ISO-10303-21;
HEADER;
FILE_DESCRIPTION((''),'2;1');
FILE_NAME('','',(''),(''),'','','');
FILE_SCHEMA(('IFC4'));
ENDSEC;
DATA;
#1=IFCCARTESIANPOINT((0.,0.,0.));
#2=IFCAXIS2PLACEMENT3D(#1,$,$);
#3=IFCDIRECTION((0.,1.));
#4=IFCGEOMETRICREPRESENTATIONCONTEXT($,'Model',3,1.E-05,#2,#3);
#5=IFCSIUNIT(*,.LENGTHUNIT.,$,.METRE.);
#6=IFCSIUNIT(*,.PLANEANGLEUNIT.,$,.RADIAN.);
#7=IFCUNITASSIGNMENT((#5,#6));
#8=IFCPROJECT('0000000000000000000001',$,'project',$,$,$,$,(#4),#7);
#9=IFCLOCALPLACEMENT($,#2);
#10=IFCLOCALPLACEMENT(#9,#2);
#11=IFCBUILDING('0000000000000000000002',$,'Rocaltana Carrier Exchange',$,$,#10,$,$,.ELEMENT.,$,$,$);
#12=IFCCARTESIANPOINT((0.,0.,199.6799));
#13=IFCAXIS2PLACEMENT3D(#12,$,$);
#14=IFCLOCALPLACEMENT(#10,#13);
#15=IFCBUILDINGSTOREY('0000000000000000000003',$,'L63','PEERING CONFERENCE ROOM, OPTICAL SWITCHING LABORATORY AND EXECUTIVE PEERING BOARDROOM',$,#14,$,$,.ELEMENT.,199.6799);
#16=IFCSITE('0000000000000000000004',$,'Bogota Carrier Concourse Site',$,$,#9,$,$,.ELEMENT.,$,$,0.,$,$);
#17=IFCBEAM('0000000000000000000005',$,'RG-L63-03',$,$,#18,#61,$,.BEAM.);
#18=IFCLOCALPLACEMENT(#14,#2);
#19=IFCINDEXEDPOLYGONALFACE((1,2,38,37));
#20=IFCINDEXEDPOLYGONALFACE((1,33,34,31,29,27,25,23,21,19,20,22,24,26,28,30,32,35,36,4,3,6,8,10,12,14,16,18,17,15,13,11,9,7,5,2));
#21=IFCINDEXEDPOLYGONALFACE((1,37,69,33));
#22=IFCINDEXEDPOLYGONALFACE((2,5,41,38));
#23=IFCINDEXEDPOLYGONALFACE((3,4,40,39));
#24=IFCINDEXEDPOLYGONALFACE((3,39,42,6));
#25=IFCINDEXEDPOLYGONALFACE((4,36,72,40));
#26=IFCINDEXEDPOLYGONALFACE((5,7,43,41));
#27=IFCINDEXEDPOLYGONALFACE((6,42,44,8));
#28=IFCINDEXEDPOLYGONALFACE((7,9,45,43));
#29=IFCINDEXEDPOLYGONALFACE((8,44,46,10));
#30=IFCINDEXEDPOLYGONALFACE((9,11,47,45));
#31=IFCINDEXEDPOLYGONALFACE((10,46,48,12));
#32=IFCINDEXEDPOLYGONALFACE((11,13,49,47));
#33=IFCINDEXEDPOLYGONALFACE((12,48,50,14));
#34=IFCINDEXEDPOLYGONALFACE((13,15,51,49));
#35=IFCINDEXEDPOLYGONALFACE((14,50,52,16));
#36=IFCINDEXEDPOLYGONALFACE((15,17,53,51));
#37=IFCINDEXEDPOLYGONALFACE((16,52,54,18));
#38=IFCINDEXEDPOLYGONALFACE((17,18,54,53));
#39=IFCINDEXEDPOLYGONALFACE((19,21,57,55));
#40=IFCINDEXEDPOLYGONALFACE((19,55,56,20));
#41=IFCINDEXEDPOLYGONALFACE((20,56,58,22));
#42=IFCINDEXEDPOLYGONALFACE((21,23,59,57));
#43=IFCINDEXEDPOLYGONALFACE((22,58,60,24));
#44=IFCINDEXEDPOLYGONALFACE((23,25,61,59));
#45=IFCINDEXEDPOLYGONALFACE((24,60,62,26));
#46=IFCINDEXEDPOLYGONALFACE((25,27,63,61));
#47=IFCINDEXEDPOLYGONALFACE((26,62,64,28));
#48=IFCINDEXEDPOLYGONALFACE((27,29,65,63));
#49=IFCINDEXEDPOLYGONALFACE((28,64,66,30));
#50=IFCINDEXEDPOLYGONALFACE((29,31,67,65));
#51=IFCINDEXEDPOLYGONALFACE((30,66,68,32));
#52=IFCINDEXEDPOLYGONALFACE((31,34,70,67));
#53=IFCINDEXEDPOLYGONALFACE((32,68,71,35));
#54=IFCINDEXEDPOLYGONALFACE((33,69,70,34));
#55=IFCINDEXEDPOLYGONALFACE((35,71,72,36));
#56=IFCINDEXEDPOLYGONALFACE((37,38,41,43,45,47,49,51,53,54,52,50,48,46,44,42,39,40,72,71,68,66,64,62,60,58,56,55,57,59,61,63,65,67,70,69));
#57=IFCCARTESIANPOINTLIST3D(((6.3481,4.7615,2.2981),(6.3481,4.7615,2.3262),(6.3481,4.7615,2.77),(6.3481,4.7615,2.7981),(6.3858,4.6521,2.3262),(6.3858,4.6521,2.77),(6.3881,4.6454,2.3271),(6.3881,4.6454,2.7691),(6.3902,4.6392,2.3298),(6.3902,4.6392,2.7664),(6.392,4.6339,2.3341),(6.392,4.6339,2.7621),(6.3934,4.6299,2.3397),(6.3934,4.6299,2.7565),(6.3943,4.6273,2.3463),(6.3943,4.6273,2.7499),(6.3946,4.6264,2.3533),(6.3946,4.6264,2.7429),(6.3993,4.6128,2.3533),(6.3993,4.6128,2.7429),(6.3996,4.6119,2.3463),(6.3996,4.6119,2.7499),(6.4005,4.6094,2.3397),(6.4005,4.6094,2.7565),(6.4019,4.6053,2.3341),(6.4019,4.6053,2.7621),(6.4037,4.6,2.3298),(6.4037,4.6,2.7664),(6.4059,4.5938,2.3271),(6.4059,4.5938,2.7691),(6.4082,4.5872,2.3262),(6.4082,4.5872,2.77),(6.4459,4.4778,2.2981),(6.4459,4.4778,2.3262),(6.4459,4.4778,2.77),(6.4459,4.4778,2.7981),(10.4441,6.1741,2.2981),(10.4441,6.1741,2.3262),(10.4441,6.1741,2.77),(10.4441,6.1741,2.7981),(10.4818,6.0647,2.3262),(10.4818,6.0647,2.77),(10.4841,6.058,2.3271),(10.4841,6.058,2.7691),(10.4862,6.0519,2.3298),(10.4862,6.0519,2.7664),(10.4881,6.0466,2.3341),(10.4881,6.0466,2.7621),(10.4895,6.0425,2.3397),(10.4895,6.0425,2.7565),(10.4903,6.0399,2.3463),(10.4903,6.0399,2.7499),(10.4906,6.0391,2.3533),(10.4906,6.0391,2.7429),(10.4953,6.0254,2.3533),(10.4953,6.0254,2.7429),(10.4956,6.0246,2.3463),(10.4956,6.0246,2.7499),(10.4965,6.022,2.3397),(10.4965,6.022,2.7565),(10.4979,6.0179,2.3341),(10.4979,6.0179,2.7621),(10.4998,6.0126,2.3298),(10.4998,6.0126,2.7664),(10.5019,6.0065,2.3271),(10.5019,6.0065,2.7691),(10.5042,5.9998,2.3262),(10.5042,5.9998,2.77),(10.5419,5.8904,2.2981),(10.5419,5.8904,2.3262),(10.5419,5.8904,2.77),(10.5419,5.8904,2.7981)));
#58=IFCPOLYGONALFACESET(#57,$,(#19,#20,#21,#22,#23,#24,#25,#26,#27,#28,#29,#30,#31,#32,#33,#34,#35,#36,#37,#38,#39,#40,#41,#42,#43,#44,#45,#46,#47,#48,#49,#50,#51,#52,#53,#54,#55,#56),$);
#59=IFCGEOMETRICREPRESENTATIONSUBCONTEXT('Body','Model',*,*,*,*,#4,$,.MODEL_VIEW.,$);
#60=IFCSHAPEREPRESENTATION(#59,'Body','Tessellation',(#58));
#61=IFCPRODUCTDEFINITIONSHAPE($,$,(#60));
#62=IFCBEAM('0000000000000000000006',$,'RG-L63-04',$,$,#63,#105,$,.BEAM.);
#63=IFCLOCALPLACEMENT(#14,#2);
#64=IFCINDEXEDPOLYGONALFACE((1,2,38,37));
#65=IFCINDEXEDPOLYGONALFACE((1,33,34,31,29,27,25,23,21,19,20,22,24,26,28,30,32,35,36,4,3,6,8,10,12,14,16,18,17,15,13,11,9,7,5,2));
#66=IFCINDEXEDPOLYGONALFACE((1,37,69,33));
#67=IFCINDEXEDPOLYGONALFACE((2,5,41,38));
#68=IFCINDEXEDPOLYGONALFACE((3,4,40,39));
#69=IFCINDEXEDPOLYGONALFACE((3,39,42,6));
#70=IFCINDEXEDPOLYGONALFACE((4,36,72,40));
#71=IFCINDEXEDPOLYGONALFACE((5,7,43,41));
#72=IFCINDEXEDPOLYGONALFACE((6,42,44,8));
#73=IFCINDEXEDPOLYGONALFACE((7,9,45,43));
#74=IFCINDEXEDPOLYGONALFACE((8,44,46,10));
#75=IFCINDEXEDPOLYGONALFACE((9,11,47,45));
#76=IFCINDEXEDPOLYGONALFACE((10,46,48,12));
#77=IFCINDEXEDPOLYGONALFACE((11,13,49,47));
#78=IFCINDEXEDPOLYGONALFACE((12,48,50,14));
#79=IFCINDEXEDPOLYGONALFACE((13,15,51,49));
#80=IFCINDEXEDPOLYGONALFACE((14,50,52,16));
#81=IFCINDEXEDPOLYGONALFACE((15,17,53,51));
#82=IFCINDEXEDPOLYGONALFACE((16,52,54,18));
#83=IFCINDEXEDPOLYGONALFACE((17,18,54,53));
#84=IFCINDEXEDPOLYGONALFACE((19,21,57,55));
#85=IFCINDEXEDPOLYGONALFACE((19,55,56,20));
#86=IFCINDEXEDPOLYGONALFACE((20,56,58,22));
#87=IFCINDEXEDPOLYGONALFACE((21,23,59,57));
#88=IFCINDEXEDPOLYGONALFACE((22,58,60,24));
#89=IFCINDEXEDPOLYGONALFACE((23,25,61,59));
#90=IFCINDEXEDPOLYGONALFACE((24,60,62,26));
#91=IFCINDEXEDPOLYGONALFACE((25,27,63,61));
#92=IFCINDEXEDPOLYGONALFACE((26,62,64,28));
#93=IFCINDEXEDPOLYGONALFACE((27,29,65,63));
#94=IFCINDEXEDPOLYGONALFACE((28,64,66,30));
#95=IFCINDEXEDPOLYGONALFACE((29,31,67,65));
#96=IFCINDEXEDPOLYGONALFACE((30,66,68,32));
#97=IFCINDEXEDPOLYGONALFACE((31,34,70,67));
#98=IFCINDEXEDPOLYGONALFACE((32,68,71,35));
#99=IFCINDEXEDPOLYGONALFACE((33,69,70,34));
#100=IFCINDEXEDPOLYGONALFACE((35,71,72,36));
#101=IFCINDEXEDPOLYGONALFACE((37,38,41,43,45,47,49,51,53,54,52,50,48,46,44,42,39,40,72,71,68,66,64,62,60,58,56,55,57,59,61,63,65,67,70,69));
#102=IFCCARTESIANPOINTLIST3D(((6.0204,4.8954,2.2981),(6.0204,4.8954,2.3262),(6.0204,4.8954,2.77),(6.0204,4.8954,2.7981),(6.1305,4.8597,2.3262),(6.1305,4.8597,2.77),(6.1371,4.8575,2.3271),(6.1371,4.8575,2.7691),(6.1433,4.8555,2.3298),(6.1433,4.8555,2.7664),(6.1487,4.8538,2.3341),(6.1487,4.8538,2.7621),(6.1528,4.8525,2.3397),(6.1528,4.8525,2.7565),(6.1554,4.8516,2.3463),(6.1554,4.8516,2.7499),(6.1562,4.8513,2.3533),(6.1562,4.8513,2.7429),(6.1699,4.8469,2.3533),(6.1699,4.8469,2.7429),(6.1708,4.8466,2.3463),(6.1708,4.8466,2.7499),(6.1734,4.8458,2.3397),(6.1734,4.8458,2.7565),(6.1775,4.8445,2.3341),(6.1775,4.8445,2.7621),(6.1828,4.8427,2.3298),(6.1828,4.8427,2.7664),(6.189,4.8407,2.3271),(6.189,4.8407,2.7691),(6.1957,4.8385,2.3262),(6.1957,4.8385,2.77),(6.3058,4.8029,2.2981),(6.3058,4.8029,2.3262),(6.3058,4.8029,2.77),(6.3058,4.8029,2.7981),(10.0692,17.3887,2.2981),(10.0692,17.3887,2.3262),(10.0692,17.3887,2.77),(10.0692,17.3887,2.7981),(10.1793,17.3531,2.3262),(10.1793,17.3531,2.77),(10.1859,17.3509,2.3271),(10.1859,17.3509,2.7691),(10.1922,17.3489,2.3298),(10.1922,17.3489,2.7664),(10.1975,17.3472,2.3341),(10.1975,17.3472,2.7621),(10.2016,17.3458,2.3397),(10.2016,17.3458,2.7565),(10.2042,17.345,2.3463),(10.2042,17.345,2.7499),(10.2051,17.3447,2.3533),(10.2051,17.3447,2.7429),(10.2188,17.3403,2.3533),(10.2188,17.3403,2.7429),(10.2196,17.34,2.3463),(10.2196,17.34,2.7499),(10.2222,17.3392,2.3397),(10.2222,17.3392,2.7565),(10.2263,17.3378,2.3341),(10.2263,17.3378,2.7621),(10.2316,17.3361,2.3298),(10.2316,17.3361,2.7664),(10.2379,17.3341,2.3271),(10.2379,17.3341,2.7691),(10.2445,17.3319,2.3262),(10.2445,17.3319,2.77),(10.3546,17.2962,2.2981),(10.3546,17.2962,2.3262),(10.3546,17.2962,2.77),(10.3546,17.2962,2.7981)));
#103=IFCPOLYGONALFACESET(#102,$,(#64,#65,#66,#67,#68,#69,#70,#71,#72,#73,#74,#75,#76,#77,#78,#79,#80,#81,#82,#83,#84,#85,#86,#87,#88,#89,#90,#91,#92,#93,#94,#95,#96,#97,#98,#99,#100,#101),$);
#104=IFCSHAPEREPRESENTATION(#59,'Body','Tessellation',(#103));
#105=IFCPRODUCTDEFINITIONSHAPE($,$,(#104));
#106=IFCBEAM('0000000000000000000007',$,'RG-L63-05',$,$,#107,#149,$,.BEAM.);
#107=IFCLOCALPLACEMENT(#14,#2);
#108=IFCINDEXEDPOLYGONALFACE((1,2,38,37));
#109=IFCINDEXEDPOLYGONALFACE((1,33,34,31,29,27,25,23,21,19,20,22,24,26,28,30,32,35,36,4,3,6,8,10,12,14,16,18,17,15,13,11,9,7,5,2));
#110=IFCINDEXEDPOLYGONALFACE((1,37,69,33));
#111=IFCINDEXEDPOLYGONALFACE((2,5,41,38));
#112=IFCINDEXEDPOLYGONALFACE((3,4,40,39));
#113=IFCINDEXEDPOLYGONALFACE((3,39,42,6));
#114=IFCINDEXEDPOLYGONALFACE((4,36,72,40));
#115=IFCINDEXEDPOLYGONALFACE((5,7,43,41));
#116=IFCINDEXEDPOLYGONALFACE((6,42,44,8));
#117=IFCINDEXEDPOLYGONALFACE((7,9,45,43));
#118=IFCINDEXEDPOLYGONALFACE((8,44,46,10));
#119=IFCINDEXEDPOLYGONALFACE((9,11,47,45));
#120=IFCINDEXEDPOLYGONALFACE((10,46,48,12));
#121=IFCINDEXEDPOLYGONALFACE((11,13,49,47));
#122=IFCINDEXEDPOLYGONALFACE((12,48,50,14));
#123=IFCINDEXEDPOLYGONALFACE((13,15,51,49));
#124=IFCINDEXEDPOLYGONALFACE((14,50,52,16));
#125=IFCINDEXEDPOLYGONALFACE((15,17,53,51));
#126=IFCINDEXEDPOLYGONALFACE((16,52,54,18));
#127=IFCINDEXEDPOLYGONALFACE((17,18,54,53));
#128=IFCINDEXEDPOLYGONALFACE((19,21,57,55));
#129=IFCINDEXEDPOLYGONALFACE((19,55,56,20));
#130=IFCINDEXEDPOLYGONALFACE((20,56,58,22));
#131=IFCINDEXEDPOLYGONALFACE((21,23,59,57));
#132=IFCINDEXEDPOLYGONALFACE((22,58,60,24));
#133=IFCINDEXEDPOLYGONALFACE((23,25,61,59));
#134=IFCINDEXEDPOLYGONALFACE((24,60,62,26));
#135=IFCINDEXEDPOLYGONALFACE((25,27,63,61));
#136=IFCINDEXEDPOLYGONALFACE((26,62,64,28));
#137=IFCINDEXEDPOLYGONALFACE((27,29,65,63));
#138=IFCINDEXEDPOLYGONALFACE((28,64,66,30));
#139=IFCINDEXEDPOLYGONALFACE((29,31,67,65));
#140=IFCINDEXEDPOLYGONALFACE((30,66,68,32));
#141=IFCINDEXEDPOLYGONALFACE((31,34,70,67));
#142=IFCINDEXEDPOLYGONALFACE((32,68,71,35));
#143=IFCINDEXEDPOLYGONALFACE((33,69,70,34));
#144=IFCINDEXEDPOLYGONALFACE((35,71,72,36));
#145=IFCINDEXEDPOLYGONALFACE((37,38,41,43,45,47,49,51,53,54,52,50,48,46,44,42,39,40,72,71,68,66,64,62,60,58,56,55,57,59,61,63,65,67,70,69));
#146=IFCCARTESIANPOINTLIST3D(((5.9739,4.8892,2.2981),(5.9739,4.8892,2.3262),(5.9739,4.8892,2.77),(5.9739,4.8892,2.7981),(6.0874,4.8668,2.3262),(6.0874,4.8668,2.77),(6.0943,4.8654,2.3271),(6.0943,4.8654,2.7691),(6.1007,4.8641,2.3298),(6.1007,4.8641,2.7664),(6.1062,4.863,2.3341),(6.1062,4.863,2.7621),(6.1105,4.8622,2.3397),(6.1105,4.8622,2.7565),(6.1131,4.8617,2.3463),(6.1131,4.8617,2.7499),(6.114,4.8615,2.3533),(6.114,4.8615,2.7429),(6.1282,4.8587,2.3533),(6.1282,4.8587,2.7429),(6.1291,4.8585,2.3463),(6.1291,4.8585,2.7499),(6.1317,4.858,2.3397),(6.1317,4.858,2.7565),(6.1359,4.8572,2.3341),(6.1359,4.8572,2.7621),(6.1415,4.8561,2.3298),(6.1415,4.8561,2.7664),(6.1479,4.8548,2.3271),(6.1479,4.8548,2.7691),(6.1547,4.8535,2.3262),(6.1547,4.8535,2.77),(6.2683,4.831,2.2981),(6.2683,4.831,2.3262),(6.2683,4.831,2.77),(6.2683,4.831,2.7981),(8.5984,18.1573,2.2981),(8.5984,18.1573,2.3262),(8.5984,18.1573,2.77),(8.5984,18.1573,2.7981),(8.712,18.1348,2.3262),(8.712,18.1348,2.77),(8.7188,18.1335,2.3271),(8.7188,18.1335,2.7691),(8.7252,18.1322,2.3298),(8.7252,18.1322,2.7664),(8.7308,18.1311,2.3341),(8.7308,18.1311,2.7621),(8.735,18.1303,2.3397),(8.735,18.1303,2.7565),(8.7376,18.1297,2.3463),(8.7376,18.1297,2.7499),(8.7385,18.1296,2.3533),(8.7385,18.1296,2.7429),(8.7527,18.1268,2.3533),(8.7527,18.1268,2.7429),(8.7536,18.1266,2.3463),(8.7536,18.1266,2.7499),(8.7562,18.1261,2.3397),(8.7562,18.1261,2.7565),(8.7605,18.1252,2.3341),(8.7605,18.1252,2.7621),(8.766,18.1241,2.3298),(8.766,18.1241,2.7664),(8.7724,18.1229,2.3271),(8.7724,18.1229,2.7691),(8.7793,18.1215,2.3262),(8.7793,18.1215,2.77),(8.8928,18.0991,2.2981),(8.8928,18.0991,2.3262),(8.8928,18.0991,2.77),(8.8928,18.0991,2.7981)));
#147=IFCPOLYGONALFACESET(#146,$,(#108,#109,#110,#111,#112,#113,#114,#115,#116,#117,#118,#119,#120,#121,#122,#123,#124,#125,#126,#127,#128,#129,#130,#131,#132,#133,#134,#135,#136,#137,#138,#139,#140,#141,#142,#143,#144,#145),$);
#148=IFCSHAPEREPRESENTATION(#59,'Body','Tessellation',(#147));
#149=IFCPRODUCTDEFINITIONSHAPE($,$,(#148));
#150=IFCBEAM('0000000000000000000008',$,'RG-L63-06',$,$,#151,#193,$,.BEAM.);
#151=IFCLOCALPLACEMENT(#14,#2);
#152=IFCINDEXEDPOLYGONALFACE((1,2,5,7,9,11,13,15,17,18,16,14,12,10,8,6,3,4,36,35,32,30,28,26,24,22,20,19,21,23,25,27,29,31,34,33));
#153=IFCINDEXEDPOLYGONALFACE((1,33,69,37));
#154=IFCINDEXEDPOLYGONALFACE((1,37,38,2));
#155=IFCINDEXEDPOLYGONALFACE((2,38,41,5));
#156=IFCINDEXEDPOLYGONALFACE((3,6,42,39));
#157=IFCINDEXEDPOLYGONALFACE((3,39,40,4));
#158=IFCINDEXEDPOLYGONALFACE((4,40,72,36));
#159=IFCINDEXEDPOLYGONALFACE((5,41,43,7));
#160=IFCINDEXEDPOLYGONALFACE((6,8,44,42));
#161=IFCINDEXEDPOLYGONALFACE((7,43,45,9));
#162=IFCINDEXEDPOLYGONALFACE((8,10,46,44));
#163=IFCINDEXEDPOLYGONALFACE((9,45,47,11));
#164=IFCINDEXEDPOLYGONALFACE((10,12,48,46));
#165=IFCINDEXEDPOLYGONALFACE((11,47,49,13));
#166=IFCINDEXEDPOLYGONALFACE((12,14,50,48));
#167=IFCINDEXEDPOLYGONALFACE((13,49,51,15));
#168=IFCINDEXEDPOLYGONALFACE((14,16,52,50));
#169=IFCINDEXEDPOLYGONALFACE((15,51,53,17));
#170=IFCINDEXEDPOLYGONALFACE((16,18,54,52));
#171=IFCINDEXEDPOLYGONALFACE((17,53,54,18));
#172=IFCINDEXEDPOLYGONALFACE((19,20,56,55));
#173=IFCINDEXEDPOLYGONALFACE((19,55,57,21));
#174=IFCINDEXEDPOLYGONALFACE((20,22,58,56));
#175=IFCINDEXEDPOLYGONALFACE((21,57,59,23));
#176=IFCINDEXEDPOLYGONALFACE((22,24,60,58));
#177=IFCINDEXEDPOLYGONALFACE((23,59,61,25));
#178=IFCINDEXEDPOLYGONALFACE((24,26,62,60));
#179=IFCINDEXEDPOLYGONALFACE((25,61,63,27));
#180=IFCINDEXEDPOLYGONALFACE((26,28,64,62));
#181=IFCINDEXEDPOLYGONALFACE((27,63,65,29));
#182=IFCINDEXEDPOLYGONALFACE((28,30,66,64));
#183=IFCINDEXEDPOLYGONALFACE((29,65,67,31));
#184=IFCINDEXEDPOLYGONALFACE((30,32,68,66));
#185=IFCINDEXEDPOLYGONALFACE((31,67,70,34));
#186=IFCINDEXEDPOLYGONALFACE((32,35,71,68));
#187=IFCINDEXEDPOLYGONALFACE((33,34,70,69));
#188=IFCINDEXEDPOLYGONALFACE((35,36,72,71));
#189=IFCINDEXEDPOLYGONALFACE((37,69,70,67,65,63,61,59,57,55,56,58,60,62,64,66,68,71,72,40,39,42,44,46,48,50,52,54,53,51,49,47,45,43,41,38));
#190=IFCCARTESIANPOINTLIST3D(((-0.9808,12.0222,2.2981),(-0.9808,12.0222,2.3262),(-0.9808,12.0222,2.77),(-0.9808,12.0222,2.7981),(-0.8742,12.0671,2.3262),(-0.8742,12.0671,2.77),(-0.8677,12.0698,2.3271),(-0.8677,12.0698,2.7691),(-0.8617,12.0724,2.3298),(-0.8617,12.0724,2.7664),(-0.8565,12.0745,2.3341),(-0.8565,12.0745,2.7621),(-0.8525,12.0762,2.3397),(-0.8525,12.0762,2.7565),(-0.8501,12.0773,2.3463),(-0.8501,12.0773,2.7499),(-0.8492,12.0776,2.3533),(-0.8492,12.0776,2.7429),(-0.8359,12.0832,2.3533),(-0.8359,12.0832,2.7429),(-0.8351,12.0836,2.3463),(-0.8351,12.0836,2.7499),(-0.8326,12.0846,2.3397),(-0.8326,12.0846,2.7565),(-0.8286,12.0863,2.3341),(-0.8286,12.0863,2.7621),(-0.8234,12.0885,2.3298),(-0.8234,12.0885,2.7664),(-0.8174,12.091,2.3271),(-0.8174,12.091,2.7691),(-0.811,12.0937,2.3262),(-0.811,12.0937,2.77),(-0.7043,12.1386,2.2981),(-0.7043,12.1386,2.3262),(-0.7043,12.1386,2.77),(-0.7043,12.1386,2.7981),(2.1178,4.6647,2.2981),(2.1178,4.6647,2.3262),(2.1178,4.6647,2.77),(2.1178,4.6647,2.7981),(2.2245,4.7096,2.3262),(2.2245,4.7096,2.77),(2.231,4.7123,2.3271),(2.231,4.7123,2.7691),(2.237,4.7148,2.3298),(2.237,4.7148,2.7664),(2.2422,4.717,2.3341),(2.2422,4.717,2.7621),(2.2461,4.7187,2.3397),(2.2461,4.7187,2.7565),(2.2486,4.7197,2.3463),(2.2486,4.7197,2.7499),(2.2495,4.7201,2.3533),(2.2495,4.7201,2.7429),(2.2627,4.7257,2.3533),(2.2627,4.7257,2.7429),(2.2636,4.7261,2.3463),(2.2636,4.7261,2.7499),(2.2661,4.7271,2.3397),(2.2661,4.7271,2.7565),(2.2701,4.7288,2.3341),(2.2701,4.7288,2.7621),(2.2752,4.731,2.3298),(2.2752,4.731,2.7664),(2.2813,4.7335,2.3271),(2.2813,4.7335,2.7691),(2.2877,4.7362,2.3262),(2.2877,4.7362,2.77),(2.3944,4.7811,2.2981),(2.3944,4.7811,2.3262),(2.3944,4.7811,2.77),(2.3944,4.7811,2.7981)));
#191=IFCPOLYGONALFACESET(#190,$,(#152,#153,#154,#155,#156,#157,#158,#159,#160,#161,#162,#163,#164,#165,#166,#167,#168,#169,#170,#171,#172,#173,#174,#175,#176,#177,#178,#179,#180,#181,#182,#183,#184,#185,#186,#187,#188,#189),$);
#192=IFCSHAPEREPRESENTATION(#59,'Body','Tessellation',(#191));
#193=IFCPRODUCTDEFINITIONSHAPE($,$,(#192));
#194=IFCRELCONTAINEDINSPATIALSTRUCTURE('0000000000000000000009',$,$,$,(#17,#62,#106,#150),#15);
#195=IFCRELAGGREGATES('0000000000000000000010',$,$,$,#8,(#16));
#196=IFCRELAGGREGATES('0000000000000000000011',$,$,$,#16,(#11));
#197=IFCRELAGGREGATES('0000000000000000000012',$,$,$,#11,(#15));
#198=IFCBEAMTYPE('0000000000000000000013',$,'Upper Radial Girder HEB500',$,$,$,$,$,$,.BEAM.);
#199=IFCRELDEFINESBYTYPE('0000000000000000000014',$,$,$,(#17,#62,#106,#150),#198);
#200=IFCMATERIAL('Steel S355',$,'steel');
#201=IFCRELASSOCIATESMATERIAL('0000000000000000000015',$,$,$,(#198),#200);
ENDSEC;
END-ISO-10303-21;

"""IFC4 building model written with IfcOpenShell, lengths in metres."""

from ifc_helpers import new_model, si_unit, direction, frame, origin, origin_2d, place, context, subcontext, project, spatial, i_section, extrude, material, material_profile, profile_set, type_object, element, save


model = new_model("IFC4")

# Units and contexts
model_context = context("Model", 3, precision=1e-05, world=origin(), true_north=direction((0.0, 1.0)))
body_context = subcontext(model_context, "Body", "Model", "MODEL_VIEW")
ifc_project = project(units=[si_unit("LENGTHUNIT", "METRE"), si_unit("PLANEANGLEUNIT", "RADIAN")], contexts=[model_context])

# Site, building, storey
site_placement = place(None, origin())
site = spatial("IfcSite", under=ifc_project, at=site_placement, Name="Bogota Carrier Concourse Site", CompositionType="ELEMENT", RefElevation=0.0)
building_placement = place(site_placement, origin())
building = spatial("IfcBuilding", under=site, at=building_placement, Name="Rocaltana Carrier Exchange", CompositionType="ELEMENT")
storey_placement = place(building_placement, frame((0.0, 0.0, 199.6799)))
storey = spatial("IfcBuildingStorey", under=building, at=storey_placement, Name="L63", Description="PEERING CONFERENCE ROOM, OPTICAL SWITCHING LABORATORY AND EXECUTIVE PEERING BOARDROOM", CompositionType="ELEMENT", Elevation=199.6799)

# Beams
ifc_material_1 = material(Name="Steel S355", Category="steel")
ifc_material_profile_1 = material_profile(ifc_material_1, i_section(OverallWidth=0.3, OverallDepth=0.5, WebThickness=0.0144, FlangeThickness=0.0281, FilletRadius=0.0271, at=origin_2d()), Name="HEB500")
ifc_profile_set_1 = profile_set([ifc_material_profile_1], Name="Steel S355")
beam_type_1 = type_object("IfcBeamType", Name="Upper Radial Girder HEB500", PredefinedType="BEAM", material=ifc_profile_set_1)
beam_1_placement = place(storey_placement, frame((6.397, 4.6196, 2.5481), z_axis=(0.945359, 0.326032, 0.0), x_axis=(-0.326032, 0.945359, 0.0)))
element("IfcBeam", 1, at=beam_1_placement, inside=storey, type_object=beam_type_1, Name="RG-L63-03", PredefinedType="BEAM", context=body_context, shape_type="SweptSolid", body=[
    extrude(i_section(OverallWidth=0.3, OverallDepth=0.5, WebThickness=0.0144, FlangeThickness=0.0281, FilletRadius=0.0271, at=origin_2d()), origin(), (0.0, 0.0, 1.0), 4.3328),
])
beam_2_placement = place(storey_placement, frame((6.1631, 4.8491, 2.5481), z_axis=(0.308292, 0.951292, 0.0), x_axis=(-0.951292, 0.308292, 0.0)))
element("IfcBeam", 2, at=beam_2_placement, inside=storey, type_object=beam_type_1, Name="RG-L63-04", PredefinedType="BEAM", context=body_context, shape_type="SweptSolid", body=[
    extrude(i_section(OverallWidth=0.3, OverallDepth=0.5, WebThickness=0.0144, FlangeThickness=0.0281, FilletRadius=0.0271, at=origin_2d()), origin(), (0.0, 0.0, 1.0), 13.1331),
])
beam_3_placement = place(storey_placement, frame((6.1211, 4.8601, 2.5481), z_axis=(0.194047, 0.980992, 0.0), x_axis=(-0.980992, 0.194047, 0.0)))
element("IfcBeam", 3, at=beam_3_placement, inside=storey, type_object=beam_type_1, Name="RG-L63-05", PredefinedType="BEAM", context=body_context, shape_type="SweptSolid", body=[
    extrude(i_section(OverallWidth=0.3, OverallDepth=0.5, WebThickness=0.0144, FlangeThickness=0.0281, FilletRadius=0.0271, at=origin_2d()), origin(), (0.0, 0.0, 1.0), 13.5251),
])
beam_4_placement = place(storey_placement, frame((2.2561, 4.7229, 2.5481), z_axis=(-0.388139, 0.921601, 0.0), x_axis=(-0.921601, -0.388139, 0.0)))
element("IfcBeam", 4, at=beam_4_placement, inside=storey, type_object=beam_type_1, Name="RG-L63-06", PredefinedType="BEAM", context=body_context, shape_type="SweptSolid", body=[
    extrude(i_section(OverallWidth=0.3, OverallDepth=0.5, WebThickness=0.0144, FlangeThickness=0.0281, FilletRadius=0.0271, at=origin_2d()), origin(), (0.0, 0.0, 1.0), 7.9834),
])

save(model, "model.ifc")
